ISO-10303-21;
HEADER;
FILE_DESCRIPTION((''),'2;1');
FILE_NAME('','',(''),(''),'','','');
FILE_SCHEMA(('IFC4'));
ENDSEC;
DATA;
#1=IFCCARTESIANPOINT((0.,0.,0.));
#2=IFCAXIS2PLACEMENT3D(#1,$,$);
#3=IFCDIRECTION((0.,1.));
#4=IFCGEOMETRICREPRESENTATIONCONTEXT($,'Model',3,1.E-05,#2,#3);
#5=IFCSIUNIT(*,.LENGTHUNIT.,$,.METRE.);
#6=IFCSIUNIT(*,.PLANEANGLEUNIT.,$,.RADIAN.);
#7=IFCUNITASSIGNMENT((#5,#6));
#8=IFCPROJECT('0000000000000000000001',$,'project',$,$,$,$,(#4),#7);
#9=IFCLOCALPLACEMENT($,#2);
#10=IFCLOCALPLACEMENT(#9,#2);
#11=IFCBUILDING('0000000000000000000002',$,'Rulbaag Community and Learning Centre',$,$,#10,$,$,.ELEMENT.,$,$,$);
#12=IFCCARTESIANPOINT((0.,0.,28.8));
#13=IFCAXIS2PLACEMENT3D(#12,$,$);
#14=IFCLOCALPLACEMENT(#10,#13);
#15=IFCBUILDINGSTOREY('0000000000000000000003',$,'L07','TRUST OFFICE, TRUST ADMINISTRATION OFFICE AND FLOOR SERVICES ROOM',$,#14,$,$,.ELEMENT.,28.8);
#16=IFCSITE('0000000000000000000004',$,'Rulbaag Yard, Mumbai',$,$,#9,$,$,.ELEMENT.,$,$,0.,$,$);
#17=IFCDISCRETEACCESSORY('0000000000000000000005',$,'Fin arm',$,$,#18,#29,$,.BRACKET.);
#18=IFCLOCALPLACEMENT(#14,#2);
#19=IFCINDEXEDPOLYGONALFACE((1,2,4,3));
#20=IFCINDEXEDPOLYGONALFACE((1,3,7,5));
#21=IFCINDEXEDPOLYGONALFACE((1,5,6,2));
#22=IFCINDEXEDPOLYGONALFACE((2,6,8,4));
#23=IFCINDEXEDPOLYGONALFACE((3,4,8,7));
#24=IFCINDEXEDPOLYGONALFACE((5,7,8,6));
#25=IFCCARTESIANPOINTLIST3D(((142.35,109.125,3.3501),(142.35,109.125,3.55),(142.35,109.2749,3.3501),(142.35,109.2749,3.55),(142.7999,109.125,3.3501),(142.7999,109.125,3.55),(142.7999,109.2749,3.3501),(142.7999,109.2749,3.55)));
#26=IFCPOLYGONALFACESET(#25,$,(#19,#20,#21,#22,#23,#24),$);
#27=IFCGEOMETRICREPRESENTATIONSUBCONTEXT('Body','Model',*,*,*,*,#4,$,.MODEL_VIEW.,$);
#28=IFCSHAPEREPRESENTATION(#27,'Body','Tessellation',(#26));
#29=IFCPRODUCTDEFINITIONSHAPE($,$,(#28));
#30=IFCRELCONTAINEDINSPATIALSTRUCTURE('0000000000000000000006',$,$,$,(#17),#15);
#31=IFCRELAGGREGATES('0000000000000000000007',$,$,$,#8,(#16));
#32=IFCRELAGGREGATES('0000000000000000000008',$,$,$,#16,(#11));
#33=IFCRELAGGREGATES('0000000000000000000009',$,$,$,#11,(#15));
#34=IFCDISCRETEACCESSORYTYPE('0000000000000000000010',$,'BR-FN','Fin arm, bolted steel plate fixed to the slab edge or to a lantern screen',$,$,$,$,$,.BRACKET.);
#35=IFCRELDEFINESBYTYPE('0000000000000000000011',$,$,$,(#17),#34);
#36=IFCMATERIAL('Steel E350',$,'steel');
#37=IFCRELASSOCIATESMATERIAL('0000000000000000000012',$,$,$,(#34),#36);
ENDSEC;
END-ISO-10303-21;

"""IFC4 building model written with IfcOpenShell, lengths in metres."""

from ifc_helpers import new_model, si_unit, direction, frame, origin, origin_2d, place, context, subcontext, project, spatial, rectangle, extrude, material, type_object, element, save


model = new_model("IFC4")

# Units and contexts
model_context = context("Model", 3, precision=1e-05, world=origin(), true_north=direction((0.0, 1.0)))
body_context = subcontext(model_context, "Body", "Model", "MODEL_VIEW")
ifc_project = project(units=[si_unit("LENGTHUNIT", "METRE"), si_unit("PLANEANGLEUNIT", "RADIAN")], contexts=[model_context])

# Site, building, storey
site_placement = place(None, origin())
site = spatial("IfcSite", under=ifc_project, at=site_placement, Name="Rulbaag Yard, Mumbai", CompositionType="ELEMENT", RefElevation=0.0)
building_placement = place(site_placement, origin())
building = spatial("IfcBuilding", under=site, at=building_placement, Name="Rulbaag Community and Learning Centre", CompositionType="ELEMENT")
storey_placement = place(building_placement, frame((0.0, 0.0, 28.8)))
storey = spatial("IfcBuildingStorey", under=building, at=storey_placement, Name="L07", Description="TRUST OFFICE, TRUST ADMINISTRATION OFFICE AND FLOOR SERVICES ROOM", CompositionType="ELEMENT", Elevation=28.8)

# Discrete accessory
ifc_material_1 = material(Name="Steel E350", Category="steel")
discrete_accessory_type = type_object("IfcDiscreteAccessoryType", Name="BR-FN", Description="Fin arm, bolted steel plate fixed to the slab edge or to a lantern screen", PredefinedType="BRACKET", material=ifc_material_1)
for number, where, z_axis, x_axis, name in (
    (1, (142.575, 109.2, 3.3501), (0.0, 0.0, 1.0), (1.0, 0.0, 0.0), "Fin arm"),
):
    element("IfcDiscreteAccessory", number, at=place(storey_placement, frame(where, z_axis=z_axis, x_axis=x_axis)), inside=storey, type_object=discrete_accessory_type, Name=name, PredefinedType="BRACKET", context=body_context, shape_type="SweptSolid", body=[
        extrude(rectangle(XDim=0.45, YDim=0.1499, at=origin_2d()), origin(), (0.0, 0.0, 1.0), 0.2),
    ])

save(model, "model.ifc")
